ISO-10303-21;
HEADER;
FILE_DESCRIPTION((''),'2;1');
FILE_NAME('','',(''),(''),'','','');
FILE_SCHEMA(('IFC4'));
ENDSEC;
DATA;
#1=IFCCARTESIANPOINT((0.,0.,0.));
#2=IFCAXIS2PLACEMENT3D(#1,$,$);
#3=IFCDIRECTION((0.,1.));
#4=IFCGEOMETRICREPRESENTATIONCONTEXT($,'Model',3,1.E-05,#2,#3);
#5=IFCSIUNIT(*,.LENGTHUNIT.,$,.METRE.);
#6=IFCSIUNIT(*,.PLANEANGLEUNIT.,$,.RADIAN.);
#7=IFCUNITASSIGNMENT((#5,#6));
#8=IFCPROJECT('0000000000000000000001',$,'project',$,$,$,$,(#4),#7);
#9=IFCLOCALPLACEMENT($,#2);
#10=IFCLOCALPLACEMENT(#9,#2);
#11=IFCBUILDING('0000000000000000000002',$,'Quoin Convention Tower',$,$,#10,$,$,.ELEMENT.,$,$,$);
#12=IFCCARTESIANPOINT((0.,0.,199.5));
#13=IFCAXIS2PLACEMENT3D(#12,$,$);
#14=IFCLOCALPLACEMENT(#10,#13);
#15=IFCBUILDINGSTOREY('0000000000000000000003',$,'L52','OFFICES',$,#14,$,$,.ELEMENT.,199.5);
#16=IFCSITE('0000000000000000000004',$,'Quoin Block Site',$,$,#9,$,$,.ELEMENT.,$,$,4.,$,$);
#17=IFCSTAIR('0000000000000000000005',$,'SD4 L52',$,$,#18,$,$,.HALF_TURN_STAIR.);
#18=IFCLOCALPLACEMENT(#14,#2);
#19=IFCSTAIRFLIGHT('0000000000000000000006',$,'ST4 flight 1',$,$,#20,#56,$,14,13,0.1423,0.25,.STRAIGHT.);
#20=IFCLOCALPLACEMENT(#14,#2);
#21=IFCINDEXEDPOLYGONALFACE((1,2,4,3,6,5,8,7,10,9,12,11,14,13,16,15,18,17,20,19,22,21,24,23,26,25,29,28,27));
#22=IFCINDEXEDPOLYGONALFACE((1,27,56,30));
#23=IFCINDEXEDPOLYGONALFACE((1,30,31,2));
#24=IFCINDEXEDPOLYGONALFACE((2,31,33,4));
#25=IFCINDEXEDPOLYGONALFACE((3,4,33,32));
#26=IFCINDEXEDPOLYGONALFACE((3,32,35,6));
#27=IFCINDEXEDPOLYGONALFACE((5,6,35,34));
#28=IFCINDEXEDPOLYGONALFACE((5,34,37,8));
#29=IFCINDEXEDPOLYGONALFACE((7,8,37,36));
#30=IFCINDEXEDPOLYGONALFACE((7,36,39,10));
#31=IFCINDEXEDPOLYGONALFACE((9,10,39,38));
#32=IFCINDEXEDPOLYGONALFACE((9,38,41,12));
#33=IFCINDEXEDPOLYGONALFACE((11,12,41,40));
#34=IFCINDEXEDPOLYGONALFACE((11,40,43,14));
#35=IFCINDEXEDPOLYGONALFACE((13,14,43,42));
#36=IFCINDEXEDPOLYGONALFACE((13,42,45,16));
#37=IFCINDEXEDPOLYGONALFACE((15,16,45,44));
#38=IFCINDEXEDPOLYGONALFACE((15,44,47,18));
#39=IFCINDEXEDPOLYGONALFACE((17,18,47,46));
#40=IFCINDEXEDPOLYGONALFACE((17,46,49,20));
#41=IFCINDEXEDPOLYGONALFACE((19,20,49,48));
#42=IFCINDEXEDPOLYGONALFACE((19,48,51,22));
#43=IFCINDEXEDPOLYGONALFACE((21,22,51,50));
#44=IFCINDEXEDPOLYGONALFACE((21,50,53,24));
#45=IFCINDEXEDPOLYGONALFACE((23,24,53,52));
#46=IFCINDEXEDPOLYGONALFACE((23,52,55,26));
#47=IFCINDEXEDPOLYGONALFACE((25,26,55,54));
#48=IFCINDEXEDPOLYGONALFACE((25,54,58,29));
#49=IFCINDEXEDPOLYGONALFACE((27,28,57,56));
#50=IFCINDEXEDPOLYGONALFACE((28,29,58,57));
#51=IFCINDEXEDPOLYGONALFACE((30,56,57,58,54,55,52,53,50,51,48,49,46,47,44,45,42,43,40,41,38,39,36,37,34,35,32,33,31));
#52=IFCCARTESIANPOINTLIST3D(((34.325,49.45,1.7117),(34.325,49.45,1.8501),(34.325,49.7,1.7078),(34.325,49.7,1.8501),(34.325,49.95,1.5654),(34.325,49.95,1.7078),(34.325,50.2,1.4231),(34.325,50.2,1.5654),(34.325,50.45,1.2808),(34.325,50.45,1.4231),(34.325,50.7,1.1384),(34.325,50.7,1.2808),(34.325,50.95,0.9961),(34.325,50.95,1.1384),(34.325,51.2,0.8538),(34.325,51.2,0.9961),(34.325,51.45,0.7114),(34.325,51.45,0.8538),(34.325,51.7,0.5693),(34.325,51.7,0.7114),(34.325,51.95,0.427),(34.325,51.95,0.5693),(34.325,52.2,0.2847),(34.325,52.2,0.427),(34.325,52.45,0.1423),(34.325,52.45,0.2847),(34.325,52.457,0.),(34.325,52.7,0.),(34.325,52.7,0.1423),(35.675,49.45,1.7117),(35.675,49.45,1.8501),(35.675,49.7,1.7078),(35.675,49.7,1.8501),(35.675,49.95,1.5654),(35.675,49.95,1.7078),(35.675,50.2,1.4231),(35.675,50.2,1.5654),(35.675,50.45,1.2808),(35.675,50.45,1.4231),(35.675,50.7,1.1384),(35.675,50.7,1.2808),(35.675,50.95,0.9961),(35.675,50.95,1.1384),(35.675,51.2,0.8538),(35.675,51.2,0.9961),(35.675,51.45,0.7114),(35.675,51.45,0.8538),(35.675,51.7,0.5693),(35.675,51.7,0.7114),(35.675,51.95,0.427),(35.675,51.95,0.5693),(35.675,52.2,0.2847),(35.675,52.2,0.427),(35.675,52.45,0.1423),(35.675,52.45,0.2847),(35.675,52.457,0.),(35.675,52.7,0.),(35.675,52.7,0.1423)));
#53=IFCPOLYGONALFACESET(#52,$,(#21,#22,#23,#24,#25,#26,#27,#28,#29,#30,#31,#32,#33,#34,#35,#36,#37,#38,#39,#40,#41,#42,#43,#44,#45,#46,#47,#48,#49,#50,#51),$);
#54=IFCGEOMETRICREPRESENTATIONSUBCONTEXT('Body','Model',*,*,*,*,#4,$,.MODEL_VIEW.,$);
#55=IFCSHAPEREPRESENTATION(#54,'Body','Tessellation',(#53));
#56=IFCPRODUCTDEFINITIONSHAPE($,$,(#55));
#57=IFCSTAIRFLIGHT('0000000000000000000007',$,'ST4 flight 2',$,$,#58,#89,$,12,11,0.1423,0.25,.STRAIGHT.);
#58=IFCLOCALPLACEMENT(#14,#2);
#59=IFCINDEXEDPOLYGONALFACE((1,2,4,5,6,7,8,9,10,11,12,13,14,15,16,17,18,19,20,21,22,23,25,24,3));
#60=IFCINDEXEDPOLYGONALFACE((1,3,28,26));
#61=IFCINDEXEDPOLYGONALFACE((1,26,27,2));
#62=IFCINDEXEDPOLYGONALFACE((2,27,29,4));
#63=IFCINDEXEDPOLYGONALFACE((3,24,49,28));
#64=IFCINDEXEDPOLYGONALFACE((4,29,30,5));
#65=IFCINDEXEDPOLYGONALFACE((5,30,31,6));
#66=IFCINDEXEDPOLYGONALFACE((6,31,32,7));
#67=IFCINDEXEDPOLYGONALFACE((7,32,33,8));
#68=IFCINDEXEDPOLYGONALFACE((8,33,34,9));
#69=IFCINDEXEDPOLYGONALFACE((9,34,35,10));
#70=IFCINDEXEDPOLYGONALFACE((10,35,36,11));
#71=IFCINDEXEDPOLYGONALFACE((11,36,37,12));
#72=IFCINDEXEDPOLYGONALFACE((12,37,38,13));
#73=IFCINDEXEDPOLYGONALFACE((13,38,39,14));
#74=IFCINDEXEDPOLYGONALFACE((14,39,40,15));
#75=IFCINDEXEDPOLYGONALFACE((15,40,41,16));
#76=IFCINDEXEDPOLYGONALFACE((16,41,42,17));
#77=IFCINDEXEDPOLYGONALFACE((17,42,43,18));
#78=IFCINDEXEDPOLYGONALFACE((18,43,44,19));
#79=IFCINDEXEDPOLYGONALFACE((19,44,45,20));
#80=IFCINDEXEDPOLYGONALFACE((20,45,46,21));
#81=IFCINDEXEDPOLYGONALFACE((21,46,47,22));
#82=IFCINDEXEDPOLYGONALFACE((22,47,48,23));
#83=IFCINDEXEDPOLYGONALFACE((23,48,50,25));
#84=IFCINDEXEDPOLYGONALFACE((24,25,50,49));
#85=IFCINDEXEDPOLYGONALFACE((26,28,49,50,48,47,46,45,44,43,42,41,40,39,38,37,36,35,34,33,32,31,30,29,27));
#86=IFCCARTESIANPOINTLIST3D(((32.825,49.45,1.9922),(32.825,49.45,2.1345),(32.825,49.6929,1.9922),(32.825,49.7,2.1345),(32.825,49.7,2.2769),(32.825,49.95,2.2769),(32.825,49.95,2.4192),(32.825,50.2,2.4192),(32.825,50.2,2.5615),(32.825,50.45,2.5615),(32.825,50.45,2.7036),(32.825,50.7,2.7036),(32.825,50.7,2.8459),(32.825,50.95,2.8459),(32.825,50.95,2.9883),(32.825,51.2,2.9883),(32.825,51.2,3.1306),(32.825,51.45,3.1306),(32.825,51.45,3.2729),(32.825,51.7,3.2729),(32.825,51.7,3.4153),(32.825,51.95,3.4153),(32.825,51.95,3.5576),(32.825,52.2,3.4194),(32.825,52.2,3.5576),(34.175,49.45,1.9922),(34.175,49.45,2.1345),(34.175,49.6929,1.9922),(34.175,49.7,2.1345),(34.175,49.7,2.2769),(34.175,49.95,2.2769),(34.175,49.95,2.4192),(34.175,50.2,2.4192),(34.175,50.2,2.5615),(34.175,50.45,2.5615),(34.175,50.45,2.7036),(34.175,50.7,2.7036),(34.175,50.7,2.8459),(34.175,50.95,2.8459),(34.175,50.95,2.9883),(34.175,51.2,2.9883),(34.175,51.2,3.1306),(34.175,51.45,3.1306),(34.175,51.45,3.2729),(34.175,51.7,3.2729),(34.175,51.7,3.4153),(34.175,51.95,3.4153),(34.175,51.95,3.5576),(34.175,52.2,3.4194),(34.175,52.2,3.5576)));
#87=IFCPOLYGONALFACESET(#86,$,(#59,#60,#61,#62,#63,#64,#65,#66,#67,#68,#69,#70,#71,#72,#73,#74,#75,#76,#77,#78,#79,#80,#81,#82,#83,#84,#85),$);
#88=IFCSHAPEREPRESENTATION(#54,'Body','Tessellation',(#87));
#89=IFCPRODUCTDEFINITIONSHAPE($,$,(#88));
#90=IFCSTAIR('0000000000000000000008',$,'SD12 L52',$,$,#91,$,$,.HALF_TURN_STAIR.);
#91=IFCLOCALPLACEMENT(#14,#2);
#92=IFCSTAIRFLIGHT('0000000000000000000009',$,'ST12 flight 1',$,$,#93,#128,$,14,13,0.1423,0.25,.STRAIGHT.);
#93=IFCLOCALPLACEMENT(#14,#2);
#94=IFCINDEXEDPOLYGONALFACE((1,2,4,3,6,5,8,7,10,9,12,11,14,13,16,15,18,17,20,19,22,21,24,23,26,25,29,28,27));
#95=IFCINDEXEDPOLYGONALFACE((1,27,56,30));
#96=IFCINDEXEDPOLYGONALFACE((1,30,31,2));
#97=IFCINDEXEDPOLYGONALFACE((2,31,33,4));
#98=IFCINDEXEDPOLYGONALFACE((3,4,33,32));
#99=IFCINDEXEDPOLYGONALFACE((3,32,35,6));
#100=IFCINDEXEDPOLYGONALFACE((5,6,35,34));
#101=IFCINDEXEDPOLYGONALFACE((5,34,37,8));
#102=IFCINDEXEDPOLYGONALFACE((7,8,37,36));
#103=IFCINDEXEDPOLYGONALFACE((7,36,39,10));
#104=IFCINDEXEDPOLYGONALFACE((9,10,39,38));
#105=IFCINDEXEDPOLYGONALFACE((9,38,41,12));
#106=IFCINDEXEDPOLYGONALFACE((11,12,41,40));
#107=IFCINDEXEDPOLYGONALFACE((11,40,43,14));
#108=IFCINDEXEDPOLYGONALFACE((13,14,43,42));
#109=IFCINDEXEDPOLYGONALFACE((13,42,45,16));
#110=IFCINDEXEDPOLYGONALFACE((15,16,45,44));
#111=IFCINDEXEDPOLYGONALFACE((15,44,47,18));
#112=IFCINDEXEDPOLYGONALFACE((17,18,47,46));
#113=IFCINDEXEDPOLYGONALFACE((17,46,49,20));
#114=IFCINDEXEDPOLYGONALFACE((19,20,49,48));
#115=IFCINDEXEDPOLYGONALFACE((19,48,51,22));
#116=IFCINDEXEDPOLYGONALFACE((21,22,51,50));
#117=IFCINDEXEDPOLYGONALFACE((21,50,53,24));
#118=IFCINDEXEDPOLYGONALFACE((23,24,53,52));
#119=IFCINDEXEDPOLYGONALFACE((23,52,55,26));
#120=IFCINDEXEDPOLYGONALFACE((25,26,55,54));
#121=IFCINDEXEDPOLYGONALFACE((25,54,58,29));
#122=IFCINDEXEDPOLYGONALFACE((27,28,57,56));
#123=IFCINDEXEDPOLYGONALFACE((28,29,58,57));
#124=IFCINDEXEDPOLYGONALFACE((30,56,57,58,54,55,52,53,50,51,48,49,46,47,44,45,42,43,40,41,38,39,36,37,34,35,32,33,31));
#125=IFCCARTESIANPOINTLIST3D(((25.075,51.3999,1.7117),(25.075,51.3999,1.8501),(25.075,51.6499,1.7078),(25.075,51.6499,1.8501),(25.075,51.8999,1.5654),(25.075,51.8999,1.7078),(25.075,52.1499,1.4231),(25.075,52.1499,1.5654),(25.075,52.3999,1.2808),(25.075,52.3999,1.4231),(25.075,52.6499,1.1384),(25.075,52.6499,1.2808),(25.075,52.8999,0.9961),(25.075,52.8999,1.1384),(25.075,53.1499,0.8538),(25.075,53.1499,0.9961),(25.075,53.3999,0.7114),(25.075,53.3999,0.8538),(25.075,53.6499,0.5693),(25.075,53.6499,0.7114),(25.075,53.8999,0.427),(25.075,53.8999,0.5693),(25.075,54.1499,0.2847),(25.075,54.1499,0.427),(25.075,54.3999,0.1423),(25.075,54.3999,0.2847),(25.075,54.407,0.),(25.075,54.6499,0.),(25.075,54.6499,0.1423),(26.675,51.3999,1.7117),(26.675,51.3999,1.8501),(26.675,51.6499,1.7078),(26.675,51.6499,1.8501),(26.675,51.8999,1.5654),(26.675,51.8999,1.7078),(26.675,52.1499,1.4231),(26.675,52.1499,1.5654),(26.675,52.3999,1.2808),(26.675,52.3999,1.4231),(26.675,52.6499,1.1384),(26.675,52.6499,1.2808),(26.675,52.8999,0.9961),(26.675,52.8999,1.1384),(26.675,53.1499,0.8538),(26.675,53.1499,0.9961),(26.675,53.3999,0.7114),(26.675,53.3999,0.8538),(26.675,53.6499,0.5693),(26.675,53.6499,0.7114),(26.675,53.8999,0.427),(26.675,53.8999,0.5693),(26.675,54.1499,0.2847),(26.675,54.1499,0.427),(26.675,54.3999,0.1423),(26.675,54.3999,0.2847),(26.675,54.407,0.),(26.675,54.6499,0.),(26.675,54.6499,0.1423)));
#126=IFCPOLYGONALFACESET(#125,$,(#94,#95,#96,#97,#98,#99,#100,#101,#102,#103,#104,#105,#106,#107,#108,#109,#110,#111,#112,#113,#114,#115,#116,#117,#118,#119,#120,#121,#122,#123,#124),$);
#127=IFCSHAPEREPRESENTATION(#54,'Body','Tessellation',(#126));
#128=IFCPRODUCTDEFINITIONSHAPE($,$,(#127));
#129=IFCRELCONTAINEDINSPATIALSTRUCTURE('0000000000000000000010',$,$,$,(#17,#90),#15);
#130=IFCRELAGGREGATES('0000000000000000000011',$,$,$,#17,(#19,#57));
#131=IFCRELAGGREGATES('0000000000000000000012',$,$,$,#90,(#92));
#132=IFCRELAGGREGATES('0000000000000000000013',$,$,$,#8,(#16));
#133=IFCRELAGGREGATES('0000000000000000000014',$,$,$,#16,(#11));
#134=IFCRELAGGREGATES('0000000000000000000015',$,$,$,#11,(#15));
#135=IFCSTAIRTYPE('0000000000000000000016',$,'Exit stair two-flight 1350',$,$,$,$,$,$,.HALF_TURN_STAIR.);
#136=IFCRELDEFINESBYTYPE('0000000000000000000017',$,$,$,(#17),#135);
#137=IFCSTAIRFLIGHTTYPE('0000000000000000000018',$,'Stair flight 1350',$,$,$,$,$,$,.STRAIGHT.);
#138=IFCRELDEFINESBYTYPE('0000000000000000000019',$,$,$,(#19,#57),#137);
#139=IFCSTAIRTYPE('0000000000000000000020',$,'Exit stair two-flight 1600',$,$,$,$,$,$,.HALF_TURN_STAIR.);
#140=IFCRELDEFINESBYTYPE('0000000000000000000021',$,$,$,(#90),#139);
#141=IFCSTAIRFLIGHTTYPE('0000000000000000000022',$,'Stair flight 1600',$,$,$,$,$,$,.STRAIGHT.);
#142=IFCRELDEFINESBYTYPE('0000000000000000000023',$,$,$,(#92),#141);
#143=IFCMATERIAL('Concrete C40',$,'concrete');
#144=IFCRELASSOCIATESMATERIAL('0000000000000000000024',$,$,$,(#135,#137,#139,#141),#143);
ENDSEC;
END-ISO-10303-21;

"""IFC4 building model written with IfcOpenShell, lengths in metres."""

from ifc_helpers import new_model, si_unit, direction, frame, origin, place, context, subcontext, project, spatial, polyline, outline, extrude, material, type_object, element, aggregate, save


model = new_model("IFC4")

# Units and contexts
model_context = context("Model", 3, precision=1e-05, world=origin(), true_north=direction((0.0, 1.0)))
body_context = subcontext(model_context, "Body", "Model", "MODEL_VIEW")
ifc_project = project(units=[si_unit("LENGTHUNIT", "METRE"), si_unit("PLANEANGLEUNIT", "RADIAN")], contexts=[model_context])

# Site, building, storey
site_placement = place(None, origin())
site = spatial("IfcSite", under=ifc_project, at=site_placement, Name="Quoin Block Site", CompositionType="ELEMENT", RefElevation=4.0)
building_placement = place(site_placement, origin())
building = spatial("IfcBuilding", under=site, at=building_placement, Name="Quoin Convention Tower", CompositionType="ELEMENT")
storey_placement = place(building_placement, frame((0.0, 0.0, 199.5)))
storey = spatial("IfcBuildingStorey", under=building, at=storey_placement, Name="L52", Description="OFFICES", CompositionType="ELEMENT", Elevation=199.5)

# Shared definitions
ifc_material_1 = material(Name="Concrete C40", Category="concrete")
stair_type_1 = type_object("IfcStairType", Name="Exit stair two-flight 1350", PredefinedType="HALF_TURN_STAIR", material=ifc_material_1)
stair_flight_type_1 = type_object("IfcStairFlightType", Name="Stair flight 1350", PredefinedType="STRAIGHT", material=ifc_material_1)

# Stair, stair flights
stair_1_placement = place(storey_placement, origin())
stair_1 = element("IfcStair", 1, at=stair_1_placement, inside=storey, type_object=stair_type_1, Name="SD4 L52", PredefinedType="HALF_TURN_STAIR")
stair_flight_1_placement = place(storey_placement, frame((35.0, 52.7, 0.0), z_axis=(0.0, 0.0, 1.0), x_axis=(0.0, -1.0, 0.0)))
stair_flight_1 = element("IfcStairFlight", 2, at=stair_flight_1_placement, type_object=stair_flight_type_1, Name="ST4 flight 1", NumberOfRisers=14, NumberOfTreads=13, PredefinedType="STRAIGHT", RiserHeight=0.1423, TreadLength=0.25, context=body_context, shape_type="SweptSolid", body=[
    extrude(outline(polyline([(0.0, 0.0), (0.0, 0.1423), (0.25, 0.1423), (0.25, 0.2847), (0.5, 0.2847), (0.5, 0.427), (0.75, 0.427), (0.75, 0.5693), (1.0, 0.5693), (1.0, 0.7114), (1.25, 0.7114), (1.25, 0.8538), (1.5, 0.8538), (1.5, 0.9961), (1.75, 0.9961), (1.75, 1.1384), (2.0, 1.1384), (2.0, 1.2808), (2.25, 1.2808), (2.25, 1.4231), (2.5, 1.4231), (2.5, 1.5654), (2.75, 1.5654), (2.75, 1.7078), (3.0, 1.7078), (3.0, 1.8501), (3.25, 1.8501), (3.25, 1.9922), (3.25, 1.7117), (0.2429, 0.0), (0.0, 0.0)])), frame((0.0, 0.675, 0.0), z_axis=(0.0, -1.0, 0.0), x_axis=(1.0, 0.0, 0.0)), (0.0, 0.0, 1.0), 1.3501),
])
stair_flight_2_placement = place(storey_placement, frame((33.5, 49.45, 1.9922), z_axis=(0.0, 0.0, 1.0), x_axis=(0.0, 1.0, 0.0)))
stair_flight_2 = element("IfcStairFlight", 3, at=stair_flight_2_placement, type_object=stair_flight_type_1, Name="ST4 flight 2", NumberOfRisers=12, NumberOfTreads=11, PredefinedType="STRAIGHT", RiserHeight=0.1423, TreadLength=0.25, context=body_context, shape_type="SweptSolid", body=[
    extrude(outline(polyline([(0.0, 0.0), (0.0, 0.1423), (0.25, 0.1423), (0.25, 0.2847), (0.5, 0.2847), (0.5, 0.427), (0.75, 0.427), (0.75, 0.5693), (1.0, 0.5693), (1.0, 0.7114), (1.25, 0.7114), (1.25, 0.8538), (1.5, 0.8538), (1.5, 0.9961), (1.75, 0.9961), (1.75, 1.1384), (2.0, 1.1384), (2.0, 1.2808), (2.25, 1.2808), (2.25, 1.4231), (2.5, 1.4231), (2.5, 1.5654), (2.75, 1.5654), (2.75, 1.7078), (2.75, 1.4272), (0.2429, 0.0), (0.0, 0.0)])), frame((0.0, 0.675, 0.0), z_axis=(0.0, -1.0, 0.0), x_axis=(1.0, 0.0, 0.0)), (0.0, 0.0, 1.0), 1.3501),
])
aggregate(stair_1, [stair_flight_1, stair_flight_2])

# Stair, stair flight
stair_type_2 = type_object("IfcStairType", Name="Exit stair two-flight 1600", PredefinedType="HALF_TURN_STAIR", material=ifc_material_1)
stair_2_placement = place(storey_placement, origin())
stair_2 = element("IfcStair", 4, at=stair_2_placement, inside=storey, type_object=stair_type_2, Name="SD12 L52", PredefinedType="HALF_TURN_STAIR")
stair_flight_type_2 = type_object("IfcStairFlightType", Name="Stair flight 1600", PredefinedType="STRAIGHT", material=ifc_material_1)
stair_flight_3_placement = place(storey_placement, frame((25.875, 54.6499, 0.0), z_axis=(0.0, 0.0, 1.0), x_axis=(0.0, -1.0, 0.0)))
stair_flight_3 = element("IfcStairFlight", 5, at=stair_flight_3_placement, type_object=stair_flight_type_2, Name="ST12 flight 1", NumberOfRisers=14, NumberOfTreads=13, PredefinedType="STRAIGHT", RiserHeight=0.1423, TreadLength=0.25, context=body_context, shape_type="SweptSolid", body=[
    extrude(outline(polyline([(0.0, 0.0), (0.0, 0.1423), (0.25, 0.1423), (0.25, 0.2847), (0.5, 0.2847), (0.5, 0.427), (0.75, 0.427), (0.75, 0.5693), (1.0, 0.5693), (1.0, 0.7114), (1.25, 0.7114), (1.25, 0.8538), (1.5, 0.8538), (1.5, 0.9961), (1.75, 0.9961), (1.75, 1.1384), (2.0, 1.1384), (2.0, 1.2808), (2.25, 1.2808), (2.25, 1.4231), (2.5, 1.4231), (2.5, 1.5654), (2.75, 1.5654), (2.75, 1.7078), (3.0, 1.7078), (3.0, 1.8501), (3.25, 1.8501), (3.25, 1.9922), (3.25, 1.7117), (0.2429, 0.0), (0.0, 0.0)])), frame((0.0, 0.8, 0.0), z_axis=(0.0, -1.0, 0.0), x_axis=(1.0, 0.0, 0.0)), (0.0, 0.0, 1.0), 1.6001),
])
aggregate(stair_2, [stair_flight_3])

save(model, "model.ifc")
